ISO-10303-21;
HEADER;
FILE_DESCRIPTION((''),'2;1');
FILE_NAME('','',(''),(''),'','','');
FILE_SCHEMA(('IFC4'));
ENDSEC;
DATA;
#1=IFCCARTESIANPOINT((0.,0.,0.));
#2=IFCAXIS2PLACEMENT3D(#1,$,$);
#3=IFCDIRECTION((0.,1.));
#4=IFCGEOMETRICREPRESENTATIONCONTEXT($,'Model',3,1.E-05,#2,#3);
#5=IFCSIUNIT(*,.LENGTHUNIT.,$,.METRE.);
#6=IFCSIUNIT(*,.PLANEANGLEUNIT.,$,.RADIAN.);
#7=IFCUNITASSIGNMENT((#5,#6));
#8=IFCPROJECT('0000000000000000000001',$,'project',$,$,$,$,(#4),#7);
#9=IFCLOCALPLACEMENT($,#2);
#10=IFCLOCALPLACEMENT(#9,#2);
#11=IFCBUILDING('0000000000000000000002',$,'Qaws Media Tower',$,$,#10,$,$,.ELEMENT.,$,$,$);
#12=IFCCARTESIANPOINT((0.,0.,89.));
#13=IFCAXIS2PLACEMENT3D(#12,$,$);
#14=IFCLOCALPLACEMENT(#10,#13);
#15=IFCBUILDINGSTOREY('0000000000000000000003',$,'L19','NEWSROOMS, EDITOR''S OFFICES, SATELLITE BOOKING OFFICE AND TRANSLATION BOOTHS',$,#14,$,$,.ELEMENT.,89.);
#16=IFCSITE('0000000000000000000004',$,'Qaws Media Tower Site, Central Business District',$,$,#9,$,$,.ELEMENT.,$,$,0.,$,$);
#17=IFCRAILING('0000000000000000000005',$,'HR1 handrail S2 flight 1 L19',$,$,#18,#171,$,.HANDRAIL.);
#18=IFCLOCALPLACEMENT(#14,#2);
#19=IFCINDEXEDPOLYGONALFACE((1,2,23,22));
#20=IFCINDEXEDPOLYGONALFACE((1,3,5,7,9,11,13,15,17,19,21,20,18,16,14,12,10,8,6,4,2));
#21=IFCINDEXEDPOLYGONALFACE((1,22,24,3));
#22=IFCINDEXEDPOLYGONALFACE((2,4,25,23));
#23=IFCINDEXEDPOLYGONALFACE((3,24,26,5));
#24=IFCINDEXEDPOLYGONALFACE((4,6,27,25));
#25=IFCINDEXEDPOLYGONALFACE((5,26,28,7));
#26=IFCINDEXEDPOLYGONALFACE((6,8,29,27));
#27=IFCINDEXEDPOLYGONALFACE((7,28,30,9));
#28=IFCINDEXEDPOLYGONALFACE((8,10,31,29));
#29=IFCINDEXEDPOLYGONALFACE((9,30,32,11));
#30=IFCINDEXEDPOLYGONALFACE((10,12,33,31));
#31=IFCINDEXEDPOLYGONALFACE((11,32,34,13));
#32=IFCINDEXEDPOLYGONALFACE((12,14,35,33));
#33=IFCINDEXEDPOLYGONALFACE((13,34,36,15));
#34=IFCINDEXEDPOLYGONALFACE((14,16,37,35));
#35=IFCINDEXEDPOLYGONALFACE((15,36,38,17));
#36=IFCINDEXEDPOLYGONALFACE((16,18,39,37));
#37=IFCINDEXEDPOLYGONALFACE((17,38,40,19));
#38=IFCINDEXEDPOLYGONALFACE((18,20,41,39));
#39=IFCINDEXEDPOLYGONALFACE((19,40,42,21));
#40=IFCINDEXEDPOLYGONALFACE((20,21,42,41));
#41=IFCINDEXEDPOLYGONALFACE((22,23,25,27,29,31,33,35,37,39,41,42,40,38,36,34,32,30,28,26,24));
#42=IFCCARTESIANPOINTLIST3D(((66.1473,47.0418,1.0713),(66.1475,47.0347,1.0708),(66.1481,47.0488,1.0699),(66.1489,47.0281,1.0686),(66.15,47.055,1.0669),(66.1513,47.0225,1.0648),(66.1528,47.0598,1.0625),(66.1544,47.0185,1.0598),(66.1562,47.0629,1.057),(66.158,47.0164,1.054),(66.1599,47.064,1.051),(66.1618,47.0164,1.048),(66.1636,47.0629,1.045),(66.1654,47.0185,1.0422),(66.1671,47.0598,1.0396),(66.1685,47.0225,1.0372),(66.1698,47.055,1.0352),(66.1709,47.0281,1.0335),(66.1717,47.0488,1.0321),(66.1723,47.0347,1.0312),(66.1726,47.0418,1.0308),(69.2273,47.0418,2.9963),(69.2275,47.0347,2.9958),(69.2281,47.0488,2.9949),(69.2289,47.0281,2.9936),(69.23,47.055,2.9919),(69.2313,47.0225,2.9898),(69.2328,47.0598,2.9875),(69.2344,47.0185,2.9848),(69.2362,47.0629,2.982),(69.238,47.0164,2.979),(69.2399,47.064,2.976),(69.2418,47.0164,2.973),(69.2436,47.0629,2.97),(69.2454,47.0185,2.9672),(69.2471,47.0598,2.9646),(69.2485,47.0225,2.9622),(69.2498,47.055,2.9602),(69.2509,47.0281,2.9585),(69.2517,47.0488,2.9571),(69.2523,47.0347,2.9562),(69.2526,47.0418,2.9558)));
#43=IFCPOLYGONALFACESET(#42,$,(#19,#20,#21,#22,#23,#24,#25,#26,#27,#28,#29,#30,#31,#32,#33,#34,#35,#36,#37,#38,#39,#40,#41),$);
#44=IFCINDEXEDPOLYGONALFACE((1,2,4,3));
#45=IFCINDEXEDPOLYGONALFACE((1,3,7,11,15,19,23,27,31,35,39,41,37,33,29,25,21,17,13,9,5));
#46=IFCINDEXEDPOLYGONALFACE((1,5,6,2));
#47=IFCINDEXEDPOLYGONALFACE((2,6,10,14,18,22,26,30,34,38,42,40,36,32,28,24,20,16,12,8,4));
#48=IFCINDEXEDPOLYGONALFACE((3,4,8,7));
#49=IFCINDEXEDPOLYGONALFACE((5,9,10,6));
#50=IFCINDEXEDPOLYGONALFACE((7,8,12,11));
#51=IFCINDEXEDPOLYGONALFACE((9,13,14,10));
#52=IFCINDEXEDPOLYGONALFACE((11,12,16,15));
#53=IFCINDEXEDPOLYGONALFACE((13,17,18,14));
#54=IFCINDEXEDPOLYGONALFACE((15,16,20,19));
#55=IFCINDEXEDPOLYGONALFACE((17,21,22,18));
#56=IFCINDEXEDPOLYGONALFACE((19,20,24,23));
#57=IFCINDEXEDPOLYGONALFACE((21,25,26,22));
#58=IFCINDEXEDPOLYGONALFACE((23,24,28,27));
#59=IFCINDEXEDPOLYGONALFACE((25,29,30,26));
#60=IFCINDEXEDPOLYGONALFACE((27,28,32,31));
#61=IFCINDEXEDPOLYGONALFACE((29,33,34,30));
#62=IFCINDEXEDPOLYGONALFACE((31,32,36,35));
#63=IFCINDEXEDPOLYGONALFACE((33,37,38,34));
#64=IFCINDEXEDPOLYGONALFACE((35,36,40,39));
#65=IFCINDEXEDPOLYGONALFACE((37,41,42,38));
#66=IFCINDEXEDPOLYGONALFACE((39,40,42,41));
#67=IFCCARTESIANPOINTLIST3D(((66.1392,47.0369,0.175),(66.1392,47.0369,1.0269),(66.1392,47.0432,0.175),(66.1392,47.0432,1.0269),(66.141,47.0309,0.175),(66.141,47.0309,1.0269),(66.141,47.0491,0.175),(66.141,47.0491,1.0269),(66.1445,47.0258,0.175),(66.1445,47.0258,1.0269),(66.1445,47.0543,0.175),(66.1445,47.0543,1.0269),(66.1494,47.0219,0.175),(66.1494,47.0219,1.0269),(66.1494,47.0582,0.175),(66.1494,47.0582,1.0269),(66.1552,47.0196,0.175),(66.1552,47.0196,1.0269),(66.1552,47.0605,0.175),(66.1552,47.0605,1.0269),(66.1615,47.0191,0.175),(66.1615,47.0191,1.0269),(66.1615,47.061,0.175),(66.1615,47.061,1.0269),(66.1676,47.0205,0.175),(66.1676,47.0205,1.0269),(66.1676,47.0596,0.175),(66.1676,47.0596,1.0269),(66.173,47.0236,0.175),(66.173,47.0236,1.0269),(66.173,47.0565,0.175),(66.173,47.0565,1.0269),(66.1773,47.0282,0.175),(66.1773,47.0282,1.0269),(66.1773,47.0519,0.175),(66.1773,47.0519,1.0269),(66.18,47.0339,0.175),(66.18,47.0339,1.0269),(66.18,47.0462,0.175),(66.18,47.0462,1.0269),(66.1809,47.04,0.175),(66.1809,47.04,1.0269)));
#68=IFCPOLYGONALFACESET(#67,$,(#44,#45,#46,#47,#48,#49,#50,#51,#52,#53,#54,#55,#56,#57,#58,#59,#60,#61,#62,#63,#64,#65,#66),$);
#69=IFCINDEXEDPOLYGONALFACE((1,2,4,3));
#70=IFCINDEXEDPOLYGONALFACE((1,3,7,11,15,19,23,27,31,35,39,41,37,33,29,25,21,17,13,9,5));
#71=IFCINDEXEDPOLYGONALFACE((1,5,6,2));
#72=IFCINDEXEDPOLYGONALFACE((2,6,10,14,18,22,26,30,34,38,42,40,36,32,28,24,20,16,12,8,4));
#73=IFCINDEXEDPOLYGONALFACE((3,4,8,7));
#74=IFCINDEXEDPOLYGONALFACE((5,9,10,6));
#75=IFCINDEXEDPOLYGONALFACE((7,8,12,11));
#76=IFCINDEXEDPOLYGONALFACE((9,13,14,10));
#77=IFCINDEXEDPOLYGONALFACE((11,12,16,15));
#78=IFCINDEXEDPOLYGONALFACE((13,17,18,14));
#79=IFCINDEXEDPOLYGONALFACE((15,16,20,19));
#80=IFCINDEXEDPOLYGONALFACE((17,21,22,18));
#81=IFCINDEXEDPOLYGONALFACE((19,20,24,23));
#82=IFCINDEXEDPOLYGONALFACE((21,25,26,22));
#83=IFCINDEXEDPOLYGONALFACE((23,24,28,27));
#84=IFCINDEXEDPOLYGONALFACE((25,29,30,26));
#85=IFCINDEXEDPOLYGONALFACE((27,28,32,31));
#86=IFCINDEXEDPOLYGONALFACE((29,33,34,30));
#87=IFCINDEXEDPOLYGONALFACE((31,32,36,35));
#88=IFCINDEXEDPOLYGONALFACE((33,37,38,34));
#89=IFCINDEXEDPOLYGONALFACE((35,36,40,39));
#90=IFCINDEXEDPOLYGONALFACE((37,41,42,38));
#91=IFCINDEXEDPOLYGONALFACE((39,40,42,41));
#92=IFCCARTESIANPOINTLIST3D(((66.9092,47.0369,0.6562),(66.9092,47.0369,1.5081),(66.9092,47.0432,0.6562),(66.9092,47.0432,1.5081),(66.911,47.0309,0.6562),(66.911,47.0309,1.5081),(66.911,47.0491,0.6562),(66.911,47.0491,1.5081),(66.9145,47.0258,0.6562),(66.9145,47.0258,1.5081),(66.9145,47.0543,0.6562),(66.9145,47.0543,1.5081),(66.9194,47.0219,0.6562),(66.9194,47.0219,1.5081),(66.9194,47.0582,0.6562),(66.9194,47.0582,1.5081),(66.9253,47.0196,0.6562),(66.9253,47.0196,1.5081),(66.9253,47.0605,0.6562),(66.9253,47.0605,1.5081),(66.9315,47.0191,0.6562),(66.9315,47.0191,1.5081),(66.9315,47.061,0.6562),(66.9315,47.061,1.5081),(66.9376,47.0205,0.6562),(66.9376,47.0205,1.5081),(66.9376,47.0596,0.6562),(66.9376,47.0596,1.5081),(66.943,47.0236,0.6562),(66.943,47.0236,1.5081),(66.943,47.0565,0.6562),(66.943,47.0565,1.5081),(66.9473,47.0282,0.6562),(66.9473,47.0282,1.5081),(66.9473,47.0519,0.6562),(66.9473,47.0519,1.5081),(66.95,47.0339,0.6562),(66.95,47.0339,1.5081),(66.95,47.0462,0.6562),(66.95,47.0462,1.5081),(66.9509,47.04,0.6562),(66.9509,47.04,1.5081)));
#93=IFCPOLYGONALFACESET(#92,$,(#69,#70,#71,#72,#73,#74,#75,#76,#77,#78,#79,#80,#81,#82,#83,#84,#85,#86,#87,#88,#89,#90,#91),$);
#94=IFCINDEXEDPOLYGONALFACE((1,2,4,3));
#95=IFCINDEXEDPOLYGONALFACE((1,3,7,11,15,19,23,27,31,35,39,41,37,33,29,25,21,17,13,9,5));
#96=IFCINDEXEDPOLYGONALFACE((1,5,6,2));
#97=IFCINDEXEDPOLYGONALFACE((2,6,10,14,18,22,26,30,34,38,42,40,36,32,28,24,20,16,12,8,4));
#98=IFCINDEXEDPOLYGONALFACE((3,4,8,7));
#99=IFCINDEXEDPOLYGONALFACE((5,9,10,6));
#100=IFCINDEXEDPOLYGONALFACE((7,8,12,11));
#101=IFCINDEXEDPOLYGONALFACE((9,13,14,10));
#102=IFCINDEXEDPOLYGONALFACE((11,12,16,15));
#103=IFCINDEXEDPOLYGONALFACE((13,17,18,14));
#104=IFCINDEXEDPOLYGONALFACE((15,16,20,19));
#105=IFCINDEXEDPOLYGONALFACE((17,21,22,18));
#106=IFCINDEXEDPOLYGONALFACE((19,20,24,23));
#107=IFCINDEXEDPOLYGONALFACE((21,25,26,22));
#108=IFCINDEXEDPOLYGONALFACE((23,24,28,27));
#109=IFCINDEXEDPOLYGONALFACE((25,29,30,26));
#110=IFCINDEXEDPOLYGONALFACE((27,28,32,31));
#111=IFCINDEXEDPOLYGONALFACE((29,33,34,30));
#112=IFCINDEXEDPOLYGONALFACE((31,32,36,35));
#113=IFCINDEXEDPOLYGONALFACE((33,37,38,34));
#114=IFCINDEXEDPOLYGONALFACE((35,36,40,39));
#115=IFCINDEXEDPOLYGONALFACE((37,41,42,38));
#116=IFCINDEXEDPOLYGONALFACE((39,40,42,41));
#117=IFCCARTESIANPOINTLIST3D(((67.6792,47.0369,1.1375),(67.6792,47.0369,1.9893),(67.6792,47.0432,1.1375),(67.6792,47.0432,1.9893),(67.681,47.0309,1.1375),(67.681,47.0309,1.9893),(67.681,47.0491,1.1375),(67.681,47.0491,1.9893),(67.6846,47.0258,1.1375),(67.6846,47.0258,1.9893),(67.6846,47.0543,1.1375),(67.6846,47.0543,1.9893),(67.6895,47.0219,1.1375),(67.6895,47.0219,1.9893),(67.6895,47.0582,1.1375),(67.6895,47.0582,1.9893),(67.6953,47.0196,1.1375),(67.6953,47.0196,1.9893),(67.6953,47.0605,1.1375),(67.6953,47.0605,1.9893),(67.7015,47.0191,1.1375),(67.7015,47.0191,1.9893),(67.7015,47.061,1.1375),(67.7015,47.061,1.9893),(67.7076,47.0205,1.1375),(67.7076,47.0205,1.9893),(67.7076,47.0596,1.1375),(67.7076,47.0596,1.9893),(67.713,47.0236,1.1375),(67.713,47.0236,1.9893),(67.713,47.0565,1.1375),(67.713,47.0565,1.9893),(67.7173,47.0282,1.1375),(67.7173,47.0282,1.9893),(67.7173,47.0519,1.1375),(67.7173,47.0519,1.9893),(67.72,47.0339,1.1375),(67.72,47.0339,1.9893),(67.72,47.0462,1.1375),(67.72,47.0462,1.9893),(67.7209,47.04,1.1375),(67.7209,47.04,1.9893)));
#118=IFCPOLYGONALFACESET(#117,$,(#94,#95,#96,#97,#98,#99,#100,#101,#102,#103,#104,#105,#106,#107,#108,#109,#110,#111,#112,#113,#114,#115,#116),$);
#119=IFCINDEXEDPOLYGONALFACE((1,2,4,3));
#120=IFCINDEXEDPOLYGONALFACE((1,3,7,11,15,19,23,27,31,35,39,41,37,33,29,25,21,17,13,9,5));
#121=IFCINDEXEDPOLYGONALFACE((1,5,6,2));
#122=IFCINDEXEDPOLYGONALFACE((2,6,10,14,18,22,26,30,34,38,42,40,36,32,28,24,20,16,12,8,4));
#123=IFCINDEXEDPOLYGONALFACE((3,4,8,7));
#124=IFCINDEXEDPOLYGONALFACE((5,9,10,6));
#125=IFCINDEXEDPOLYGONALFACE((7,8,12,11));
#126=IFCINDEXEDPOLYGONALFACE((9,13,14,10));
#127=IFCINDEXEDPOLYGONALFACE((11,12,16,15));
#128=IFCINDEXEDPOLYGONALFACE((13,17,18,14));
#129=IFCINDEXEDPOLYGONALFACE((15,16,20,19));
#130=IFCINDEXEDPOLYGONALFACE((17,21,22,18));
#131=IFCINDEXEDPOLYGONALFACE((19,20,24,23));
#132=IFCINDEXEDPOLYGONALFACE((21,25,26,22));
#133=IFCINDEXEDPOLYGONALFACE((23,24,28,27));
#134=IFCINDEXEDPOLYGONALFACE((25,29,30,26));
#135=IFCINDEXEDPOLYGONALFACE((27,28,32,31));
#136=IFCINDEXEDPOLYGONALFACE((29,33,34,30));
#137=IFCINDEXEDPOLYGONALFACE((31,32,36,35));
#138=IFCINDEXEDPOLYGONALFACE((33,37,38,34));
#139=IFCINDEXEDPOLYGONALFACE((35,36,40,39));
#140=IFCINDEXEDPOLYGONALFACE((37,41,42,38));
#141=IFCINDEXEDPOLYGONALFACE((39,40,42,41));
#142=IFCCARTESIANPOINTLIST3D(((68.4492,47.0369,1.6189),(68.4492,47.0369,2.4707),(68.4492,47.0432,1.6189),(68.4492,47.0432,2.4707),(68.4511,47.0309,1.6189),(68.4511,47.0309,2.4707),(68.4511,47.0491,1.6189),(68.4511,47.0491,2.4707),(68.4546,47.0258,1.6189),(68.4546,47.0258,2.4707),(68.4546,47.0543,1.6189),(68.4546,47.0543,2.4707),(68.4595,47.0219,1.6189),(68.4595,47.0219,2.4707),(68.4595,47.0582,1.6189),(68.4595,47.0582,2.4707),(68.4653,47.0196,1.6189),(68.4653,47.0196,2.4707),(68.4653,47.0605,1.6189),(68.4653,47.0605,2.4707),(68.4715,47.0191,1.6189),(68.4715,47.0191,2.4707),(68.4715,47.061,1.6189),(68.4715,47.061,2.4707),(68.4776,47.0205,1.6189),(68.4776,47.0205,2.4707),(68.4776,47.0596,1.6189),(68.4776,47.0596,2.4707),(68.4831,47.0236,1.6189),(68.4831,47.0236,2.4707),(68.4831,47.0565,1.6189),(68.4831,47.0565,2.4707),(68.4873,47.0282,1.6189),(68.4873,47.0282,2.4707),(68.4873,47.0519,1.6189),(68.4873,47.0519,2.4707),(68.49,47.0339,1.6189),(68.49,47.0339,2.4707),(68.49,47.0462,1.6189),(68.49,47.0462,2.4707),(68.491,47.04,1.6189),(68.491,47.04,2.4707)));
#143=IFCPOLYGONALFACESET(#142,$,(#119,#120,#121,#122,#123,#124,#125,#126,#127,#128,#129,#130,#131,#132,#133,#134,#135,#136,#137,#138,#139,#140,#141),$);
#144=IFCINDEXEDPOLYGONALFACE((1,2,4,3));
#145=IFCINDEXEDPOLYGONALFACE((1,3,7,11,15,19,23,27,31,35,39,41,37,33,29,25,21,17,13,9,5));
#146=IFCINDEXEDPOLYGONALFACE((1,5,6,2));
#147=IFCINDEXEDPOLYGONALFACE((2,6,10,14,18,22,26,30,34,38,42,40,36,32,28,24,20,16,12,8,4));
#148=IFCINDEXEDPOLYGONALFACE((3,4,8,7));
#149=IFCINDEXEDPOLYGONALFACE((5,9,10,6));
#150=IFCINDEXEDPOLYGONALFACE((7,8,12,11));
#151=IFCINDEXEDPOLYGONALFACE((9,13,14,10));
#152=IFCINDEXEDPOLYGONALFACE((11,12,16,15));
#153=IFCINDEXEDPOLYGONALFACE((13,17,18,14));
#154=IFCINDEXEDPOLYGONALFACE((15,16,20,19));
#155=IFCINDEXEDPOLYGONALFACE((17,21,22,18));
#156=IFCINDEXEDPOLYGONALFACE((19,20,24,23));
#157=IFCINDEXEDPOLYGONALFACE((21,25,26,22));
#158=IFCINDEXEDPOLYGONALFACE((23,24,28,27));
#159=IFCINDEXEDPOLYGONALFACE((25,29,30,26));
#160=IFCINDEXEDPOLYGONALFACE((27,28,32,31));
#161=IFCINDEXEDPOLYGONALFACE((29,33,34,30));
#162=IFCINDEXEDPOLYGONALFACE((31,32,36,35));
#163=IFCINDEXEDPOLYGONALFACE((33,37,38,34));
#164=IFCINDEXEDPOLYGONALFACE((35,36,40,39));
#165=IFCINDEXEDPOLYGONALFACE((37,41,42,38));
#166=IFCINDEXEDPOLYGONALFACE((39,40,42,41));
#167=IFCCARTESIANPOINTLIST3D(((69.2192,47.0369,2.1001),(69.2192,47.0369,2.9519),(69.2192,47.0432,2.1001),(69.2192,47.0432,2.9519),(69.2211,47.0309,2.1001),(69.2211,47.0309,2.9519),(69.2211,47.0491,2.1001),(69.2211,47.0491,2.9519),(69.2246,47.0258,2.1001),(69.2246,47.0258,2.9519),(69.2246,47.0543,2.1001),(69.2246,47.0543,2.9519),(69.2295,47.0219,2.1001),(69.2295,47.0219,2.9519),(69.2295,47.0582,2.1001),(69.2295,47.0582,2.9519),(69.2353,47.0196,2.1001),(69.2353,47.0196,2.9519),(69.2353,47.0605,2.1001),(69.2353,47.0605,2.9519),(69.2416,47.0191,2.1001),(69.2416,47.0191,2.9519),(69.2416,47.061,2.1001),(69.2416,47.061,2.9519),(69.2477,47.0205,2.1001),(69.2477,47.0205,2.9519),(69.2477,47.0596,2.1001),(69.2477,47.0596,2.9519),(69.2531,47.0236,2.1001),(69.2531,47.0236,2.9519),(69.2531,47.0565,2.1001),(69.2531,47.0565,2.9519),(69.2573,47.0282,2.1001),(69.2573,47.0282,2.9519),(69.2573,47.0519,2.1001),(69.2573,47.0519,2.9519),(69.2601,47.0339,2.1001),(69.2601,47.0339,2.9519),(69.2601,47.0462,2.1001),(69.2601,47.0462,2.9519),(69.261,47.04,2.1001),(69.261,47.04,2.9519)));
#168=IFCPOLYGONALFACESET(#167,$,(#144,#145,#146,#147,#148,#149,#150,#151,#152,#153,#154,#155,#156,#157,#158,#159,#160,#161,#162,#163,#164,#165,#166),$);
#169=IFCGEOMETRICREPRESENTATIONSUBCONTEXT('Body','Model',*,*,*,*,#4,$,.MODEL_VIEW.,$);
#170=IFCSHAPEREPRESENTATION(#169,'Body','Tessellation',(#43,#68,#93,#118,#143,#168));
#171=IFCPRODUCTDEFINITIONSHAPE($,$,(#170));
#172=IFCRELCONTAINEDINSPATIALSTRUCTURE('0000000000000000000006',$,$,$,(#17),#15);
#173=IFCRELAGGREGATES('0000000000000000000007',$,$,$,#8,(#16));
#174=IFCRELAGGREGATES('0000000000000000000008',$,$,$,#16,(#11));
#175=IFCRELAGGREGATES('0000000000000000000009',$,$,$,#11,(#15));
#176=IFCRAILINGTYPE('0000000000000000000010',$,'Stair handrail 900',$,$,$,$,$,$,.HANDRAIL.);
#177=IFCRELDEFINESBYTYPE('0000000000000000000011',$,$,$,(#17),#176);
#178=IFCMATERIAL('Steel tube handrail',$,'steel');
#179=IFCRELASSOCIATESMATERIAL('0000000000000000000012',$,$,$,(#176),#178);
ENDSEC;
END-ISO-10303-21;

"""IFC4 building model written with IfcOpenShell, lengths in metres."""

from ifc_helpers import new_model, si_unit, direction, frame, origin, origin_2d, place, context, subcontext, project, spatial, circle, extrude, material, type_object, element, save


model = new_model("IFC4")

# Units and contexts
model_context = context("Model", 3, precision=1e-05, world=origin(), true_north=direction((0.0, 1.0)))
body_context = subcontext(model_context, "Body", "Model", "MODEL_VIEW")
ifc_project = project(units=[si_unit("LENGTHUNIT", "METRE"), si_unit("PLANEANGLEUNIT", "RADIAN")], contexts=[model_context])

# Site, building, storey
site_placement = place(None, origin())
site = spatial("IfcSite", under=ifc_project, at=site_placement, Name="Qaws Media Tower Site, Central Business District", CompositionType="ELEMENT", RefElevation=0.0)
building_placement = place(site_placement, origin())
building = spatial("IfcBuilding", under=site, at=building_placement, Name="Qaws Media Tower", CompositionType="ELEMENT")
storey_placement = place(building_placement, frame((0.0, 0.0, 89.0)))
storey = spatial("IfcBuildingStorey", under=building, at=storey_placement, Name="L19", Description="NEWSROOMS, EDITOR'S OFFICES, SATELLITE BOOKING OFFICE AND TRANSLATION BOOTHS", CompositionType="ELEMENT", Elevation=89.0)

# Railing
ifc_material_1 = material(Name="Steel tube handrail", Category="steel")
railing_type = type_object("IfcRailingType", Name="Stair handrail 900", PredefinedType="HANDRAIL", material=ifc_material_1)
railing_placement = place(storey_placement, frame((66.1599, 47.04, 0.175)))
element("IfcRailing", 1, at=railing_placement, inside=storey, type_object=railing_type, Name="HR1 handrail S2 flight 1 L19", PredefinedType="HANDRAIL", context=body_context, shape_type="SweptSolid", body=[
    extrude(circle(Radius=0.0239, at=origin_2d()), frame((0.0, 0.0, 0.876), z_axis=(0.847998, 0.0, 0.529999), x_axis=(0.0, 1.0, 0.0)), (0.0, 0.0, 1.0), 3.6321),
    extrude(circle(Radius=0.021, at=origin_2d()), origin(), (0.0, 0.0, 1.0), 0.8518),
    extrude(circle(Radius=0.021, at=origin_2d()), frame((0.77, 0.0, 0.4812)), (0.0, 0.0, 1.0), 0.8518),
    extrude(circle(Radius=0.021, at=origin_2d()), frame((1.54, 0.0, 0.9624)), (0.0, 0.0, 1.0), 0.8518),
    extrude(circle(Radius=0.021, at=origin_2d()), frame((2.3101, 0.0, 1.4438)), (0.0, 0.0, 1.0), 0.8518),
    extrude(circle(Radius=0.021, at=origin_2d()), frame((3.0801, 0.0, 1.925)), (0.0, 0.0, 1.0), 0.8518),
])

save(model, "model.ifc")
